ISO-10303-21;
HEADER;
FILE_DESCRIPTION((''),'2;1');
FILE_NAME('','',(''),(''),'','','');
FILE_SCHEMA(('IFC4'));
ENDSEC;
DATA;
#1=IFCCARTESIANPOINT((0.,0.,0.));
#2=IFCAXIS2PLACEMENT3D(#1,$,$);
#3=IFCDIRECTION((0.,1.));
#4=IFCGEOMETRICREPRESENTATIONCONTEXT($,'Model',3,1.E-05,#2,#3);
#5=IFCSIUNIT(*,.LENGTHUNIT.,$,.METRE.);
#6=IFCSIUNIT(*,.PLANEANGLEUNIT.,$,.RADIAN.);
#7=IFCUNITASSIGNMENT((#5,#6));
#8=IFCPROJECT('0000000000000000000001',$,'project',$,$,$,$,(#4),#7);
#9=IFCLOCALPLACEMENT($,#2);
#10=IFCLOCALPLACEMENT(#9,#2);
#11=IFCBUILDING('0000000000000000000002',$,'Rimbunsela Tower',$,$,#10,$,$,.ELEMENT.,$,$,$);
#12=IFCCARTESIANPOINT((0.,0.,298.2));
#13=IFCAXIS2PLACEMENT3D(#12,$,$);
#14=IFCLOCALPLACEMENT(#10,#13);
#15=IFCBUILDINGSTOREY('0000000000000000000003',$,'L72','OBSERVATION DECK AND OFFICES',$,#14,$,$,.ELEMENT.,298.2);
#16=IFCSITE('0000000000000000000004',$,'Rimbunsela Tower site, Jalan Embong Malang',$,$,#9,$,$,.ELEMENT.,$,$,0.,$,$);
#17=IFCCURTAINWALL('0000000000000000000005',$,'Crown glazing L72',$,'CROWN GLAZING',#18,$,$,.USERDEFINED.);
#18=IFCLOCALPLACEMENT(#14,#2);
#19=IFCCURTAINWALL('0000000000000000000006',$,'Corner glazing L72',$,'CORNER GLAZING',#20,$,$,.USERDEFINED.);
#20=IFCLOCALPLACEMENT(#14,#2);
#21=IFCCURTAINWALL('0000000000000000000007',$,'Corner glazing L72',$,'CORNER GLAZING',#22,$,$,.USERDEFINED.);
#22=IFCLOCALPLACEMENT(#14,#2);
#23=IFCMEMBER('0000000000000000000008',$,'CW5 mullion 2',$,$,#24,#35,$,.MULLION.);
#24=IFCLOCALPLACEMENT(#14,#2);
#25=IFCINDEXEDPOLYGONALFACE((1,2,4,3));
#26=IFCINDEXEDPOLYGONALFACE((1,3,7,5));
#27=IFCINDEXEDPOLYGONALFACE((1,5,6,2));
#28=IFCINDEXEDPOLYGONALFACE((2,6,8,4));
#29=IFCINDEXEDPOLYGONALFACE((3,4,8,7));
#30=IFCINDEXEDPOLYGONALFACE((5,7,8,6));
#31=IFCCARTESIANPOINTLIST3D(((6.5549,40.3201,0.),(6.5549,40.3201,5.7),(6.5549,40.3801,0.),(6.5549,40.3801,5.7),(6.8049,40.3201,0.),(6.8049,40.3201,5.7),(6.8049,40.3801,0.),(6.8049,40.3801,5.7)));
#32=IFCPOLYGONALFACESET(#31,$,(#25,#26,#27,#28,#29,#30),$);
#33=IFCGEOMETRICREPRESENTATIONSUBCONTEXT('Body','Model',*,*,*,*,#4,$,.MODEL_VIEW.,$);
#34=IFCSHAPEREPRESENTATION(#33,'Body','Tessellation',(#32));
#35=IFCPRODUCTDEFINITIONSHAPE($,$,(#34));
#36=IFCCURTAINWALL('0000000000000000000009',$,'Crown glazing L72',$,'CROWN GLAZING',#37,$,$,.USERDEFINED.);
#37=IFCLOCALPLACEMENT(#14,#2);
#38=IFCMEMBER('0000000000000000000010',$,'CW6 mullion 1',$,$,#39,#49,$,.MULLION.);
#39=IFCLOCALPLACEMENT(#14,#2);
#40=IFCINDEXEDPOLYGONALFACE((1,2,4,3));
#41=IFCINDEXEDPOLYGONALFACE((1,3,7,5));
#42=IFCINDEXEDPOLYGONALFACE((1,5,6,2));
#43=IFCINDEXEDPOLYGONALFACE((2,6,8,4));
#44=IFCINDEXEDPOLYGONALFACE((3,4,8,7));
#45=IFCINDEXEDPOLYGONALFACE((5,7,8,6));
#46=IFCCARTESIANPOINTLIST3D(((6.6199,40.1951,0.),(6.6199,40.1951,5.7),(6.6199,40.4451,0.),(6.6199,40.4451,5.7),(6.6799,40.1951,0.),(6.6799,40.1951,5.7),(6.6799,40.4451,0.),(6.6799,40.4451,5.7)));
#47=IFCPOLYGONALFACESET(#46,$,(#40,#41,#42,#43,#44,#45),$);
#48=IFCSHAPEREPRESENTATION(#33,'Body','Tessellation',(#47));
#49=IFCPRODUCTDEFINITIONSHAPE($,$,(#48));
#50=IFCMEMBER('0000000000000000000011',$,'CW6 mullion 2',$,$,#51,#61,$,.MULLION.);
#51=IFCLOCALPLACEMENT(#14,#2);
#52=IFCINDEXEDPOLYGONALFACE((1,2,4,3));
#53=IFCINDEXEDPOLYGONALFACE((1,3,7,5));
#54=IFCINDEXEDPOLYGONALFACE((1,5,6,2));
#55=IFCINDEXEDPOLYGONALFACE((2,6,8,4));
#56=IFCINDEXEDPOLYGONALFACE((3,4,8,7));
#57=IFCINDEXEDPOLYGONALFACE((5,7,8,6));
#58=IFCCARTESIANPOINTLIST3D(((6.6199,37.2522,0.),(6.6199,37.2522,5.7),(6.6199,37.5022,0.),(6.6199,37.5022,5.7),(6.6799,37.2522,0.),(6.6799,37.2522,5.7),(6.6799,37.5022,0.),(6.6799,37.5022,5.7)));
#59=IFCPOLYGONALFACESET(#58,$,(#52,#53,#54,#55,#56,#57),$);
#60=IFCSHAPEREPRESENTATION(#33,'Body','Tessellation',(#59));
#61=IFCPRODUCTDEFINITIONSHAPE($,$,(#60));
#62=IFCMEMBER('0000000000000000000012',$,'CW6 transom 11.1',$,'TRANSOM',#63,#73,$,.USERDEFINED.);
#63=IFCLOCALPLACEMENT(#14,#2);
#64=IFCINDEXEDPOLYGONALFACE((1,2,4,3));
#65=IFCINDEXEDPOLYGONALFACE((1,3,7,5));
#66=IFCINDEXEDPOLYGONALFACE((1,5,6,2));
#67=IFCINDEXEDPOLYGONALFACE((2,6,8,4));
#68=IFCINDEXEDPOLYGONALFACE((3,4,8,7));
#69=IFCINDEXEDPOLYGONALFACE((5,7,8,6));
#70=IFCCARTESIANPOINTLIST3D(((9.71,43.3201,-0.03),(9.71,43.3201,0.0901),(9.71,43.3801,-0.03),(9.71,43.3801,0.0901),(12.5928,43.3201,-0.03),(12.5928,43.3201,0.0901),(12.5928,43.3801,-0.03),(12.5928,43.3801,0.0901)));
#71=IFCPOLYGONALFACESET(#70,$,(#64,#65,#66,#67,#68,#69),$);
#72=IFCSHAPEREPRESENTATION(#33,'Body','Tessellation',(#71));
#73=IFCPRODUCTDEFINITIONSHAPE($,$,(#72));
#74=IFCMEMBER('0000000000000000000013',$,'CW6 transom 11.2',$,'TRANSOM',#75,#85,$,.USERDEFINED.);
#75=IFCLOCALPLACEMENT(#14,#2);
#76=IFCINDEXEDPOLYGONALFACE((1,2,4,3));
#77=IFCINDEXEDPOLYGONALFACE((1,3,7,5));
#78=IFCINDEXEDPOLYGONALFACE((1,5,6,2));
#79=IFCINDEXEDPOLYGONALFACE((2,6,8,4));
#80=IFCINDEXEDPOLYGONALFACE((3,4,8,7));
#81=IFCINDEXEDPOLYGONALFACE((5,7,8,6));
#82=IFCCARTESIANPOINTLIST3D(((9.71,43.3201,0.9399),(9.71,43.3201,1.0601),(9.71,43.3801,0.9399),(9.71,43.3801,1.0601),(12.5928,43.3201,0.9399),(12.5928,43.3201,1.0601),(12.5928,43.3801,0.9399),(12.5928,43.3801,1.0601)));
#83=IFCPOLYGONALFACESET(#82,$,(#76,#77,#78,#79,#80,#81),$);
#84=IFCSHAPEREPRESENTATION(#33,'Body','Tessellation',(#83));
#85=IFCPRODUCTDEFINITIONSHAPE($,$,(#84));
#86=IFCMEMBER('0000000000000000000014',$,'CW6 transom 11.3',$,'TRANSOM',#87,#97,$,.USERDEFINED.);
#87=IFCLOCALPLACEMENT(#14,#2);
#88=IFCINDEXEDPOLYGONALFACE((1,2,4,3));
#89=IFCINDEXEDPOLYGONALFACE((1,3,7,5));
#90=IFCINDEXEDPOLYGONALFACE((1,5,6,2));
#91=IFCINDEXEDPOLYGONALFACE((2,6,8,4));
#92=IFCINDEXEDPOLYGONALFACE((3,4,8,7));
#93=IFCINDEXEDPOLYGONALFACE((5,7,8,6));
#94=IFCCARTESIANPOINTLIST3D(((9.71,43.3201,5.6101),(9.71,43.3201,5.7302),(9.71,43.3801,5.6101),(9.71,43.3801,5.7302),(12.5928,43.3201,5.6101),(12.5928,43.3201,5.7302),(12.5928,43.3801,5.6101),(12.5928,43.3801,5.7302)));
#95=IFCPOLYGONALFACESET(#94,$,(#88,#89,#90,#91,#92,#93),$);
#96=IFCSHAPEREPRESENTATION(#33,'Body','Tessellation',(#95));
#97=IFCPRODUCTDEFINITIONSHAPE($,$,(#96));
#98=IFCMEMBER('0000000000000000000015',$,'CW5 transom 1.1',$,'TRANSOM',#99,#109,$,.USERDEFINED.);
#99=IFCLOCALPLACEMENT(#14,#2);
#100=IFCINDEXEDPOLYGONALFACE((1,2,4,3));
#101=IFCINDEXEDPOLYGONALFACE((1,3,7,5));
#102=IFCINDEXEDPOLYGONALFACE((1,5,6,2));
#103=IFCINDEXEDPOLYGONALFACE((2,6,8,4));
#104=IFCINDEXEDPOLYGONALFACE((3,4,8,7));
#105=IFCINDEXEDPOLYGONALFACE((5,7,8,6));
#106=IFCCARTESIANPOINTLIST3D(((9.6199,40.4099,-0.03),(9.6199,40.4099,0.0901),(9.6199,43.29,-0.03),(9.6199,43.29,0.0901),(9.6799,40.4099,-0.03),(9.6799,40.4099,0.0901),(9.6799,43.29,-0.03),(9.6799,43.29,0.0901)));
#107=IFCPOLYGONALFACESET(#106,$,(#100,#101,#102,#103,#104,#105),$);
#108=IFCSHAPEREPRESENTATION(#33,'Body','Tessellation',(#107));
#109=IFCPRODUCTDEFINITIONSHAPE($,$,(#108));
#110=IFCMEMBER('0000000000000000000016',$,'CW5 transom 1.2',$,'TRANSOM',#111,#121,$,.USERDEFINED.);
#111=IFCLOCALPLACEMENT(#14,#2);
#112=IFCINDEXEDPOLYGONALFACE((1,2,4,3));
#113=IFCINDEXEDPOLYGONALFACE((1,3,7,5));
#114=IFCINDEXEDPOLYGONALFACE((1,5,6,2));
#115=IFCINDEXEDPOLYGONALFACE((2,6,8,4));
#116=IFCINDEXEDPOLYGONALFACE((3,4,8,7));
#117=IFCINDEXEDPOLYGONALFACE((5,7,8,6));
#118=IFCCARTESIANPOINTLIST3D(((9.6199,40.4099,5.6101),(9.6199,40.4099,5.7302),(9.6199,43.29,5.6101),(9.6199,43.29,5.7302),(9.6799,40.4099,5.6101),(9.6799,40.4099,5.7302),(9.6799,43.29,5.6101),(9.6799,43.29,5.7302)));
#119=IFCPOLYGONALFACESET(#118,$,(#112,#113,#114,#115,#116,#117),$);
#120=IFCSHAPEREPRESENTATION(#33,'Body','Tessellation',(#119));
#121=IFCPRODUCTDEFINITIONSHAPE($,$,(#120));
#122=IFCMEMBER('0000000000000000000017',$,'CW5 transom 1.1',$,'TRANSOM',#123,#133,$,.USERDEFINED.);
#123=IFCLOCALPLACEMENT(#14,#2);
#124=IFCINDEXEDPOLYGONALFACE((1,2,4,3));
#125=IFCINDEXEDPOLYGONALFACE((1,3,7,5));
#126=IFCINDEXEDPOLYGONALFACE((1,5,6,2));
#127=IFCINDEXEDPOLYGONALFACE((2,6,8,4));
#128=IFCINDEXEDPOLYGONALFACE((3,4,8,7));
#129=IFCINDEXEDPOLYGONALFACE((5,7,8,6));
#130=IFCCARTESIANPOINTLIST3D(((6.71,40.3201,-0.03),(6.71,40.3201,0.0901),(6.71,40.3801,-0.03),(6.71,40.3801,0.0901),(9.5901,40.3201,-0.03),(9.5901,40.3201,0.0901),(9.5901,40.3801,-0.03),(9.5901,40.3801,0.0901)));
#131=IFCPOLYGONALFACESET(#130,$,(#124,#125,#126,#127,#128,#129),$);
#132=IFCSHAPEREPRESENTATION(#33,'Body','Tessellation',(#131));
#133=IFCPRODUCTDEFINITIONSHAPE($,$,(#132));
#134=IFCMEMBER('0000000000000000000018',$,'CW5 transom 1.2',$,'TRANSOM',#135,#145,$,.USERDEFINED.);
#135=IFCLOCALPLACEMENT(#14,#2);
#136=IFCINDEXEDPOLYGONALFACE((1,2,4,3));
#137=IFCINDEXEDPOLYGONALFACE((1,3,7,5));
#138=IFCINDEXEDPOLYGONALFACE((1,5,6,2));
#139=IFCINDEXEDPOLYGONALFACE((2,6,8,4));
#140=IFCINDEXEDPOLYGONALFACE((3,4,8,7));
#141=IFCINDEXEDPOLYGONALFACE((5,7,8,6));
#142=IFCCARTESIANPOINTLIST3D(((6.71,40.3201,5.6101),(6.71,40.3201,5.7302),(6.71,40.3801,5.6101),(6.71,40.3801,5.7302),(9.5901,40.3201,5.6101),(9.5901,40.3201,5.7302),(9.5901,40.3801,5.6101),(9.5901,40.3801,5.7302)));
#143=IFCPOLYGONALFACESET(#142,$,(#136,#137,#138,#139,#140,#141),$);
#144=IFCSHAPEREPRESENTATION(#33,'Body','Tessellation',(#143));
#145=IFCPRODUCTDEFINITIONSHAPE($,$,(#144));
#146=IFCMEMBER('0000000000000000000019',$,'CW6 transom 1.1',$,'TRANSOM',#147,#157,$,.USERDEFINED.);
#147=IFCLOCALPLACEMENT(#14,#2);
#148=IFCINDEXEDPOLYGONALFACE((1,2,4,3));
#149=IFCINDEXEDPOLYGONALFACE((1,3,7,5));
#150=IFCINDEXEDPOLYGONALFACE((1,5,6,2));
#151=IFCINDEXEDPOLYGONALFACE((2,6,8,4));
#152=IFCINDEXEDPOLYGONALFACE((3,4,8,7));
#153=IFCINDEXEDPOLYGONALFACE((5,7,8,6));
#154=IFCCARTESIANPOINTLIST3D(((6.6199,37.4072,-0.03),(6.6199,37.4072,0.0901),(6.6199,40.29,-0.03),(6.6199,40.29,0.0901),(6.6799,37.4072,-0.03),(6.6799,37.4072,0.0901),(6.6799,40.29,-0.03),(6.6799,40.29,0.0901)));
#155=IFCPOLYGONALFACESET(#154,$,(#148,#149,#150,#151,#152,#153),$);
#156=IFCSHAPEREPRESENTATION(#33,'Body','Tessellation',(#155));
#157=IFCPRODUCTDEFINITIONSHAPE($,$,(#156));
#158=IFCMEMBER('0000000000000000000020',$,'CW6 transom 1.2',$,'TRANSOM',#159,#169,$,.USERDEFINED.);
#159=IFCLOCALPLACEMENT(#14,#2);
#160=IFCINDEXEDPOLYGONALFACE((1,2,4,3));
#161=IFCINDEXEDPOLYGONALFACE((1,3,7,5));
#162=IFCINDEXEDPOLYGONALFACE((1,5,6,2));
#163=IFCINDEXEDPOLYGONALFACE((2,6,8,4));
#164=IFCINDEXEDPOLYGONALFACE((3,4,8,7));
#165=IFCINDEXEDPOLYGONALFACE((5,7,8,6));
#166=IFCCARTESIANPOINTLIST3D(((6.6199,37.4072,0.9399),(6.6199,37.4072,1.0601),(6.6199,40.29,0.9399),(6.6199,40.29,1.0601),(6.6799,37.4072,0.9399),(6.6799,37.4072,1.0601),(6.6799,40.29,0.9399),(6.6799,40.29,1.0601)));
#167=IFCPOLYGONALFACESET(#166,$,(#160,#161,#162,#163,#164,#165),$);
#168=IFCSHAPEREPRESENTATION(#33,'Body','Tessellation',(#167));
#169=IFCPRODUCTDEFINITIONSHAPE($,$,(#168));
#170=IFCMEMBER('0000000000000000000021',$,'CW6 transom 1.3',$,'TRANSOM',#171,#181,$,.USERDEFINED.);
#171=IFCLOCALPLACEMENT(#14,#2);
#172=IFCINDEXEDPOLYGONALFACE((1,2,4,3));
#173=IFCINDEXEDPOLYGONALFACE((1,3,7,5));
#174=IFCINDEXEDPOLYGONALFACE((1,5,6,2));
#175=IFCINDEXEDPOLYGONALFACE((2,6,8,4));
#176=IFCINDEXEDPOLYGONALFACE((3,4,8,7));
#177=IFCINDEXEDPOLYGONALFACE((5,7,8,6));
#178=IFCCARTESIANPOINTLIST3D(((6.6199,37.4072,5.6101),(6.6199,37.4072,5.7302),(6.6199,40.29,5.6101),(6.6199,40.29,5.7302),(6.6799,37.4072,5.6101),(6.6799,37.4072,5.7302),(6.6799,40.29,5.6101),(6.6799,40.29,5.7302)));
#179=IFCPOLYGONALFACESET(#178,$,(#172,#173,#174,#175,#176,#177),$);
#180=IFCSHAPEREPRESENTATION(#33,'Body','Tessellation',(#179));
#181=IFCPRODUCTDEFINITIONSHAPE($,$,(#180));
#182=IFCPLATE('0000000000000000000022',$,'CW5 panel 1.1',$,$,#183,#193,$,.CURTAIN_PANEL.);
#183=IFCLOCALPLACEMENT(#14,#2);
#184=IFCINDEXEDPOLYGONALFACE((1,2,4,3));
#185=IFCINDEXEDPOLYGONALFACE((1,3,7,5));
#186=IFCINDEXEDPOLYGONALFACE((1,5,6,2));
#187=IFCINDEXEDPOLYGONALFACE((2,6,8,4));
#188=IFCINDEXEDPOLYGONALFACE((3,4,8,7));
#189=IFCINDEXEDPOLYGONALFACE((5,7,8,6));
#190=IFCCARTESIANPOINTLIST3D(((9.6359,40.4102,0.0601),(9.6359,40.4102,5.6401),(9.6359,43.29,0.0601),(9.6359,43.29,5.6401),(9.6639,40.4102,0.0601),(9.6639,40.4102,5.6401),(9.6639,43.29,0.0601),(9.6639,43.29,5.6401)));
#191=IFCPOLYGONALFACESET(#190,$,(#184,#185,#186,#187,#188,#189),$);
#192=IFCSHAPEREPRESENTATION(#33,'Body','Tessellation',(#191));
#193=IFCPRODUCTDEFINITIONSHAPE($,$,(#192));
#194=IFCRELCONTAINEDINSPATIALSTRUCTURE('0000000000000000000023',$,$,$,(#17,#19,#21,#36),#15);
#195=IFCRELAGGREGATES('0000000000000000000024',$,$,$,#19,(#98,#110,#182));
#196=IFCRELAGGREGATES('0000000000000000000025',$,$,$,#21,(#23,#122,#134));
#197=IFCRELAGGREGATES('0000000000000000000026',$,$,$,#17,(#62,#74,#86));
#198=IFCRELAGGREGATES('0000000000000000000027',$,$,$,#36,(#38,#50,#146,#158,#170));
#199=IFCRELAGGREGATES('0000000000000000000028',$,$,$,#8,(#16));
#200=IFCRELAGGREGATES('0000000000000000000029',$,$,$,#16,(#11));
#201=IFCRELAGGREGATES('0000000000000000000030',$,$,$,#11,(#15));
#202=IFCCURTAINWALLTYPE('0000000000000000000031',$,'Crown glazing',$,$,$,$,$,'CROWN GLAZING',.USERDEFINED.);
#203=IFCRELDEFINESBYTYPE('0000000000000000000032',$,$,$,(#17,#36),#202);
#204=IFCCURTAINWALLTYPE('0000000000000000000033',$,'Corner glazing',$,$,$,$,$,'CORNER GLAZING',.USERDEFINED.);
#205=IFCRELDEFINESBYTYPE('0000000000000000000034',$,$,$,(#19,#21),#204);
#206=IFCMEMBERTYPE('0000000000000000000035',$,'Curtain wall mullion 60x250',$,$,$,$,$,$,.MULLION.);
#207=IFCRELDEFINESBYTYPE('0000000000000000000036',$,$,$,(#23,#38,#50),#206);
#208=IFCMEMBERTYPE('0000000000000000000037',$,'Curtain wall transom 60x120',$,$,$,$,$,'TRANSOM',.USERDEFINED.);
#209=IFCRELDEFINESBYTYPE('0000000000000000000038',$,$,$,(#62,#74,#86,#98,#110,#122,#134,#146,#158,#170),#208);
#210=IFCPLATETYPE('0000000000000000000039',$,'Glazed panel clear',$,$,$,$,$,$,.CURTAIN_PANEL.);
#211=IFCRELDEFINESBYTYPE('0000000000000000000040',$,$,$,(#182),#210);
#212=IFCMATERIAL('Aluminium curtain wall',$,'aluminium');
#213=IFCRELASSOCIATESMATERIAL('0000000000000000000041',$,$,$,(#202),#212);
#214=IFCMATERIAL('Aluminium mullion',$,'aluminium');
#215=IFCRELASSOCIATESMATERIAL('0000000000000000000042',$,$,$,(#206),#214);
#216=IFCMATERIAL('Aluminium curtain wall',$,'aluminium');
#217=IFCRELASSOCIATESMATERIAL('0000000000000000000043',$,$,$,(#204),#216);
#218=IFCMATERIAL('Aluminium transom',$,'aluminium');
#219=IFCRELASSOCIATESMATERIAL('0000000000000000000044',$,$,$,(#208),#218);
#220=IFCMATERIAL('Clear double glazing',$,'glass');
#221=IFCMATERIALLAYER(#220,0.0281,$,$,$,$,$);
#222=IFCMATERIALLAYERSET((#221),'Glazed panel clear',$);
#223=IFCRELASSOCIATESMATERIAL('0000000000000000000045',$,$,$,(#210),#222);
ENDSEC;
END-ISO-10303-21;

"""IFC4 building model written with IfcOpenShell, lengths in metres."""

from ifc_helpers import new_model, si_unit, direction, frame, origin, origin_2d, place, context, subcontext, project, spatial, rectangle, extrude, material, layer, layer_set, material_profile, profile_set, type_object, element, aggregate, save


model = new_model("IFC4")

# Units and contexts
model_context = context("Model", 3, precision=1e-05, world=origin(), true_north=direction((0.0, 1.0)))
body_context = subcontext(model_context, "Body", "Model", "MODEL_VIEW")
ifc_project = project(units=[si_unit("LENGTHUNIT", "METRE"), si_unit("PLANEANGLEUNIT", "RADIAN")], contexts=[model_context])

# Site, building, storey
site_placement = place(None, origin())
site = spatial("IfcSite", under=ifc_project, at=site_placement, Name="Rimbunsela Tower site, Jalan Embong Malang", CompositionType="ELEMENT", RefElevation=0.0)
building_placement = place(site_placement, origin())
building = spatial("IfcBuilding", under=site, at=building_placement, Name="Rimbunsela Tower", CompositionType="ELEMENT")
storey_placement = place(building_placement, frame((0.0, 0.0, 298.2)))
storey = spatial("IfcBuildingStorey", under=building, at=storey_placement, Name="L72", Description="OBSERVATION DECK AND OFFICES", CompositionType="ELEMENT", Elevation=298.2)

# Curtain walls, members
ifc_material_1 = material(Name="Aluminium curtain wall", Category="aluminium")
curtain_wall_type_1 = type_object("IfcCurtainWallType", Name="Crown glazing", ElementType="CROWN GLAZING", PredefinedType="USERDEFINED", material=ifc_material_1)
curtain_wall_1_placement = place(storey_placement, origin())
curtain_wall_1 = element("IfcCurtainWall", 1, at=curtain_wall_1_placement, inside=storey, type_object=curtain_wall_type_1, Name="Crown glazing L72", ObjectType="CROWN GLAZING", PredefinedType="USERDEFINED")
ifc_material_2 = material(Name="Aluminium mullion", Category="aluminium")
ifc_material_profile_1 = material_profile(ifc_material_2, rectangle(XDim=0.0601, YDim=0.25, at=origin_2d()), Name="Mullion 60x250")
ifc_profile_set_1 = profile_set([ifc_material_profile_1], Name="Aluminium mullion")
member_type_1 = type_object("IfcMemberType", Name="Curtain wall mullion 60x250", PredefinedType="MULLION", material=ifc_profile_set_1)
ifc_material_3 = material(Name="Aluminium curtain wall", Category="aluminium")
curtain_wall_type_2 = type_object("IfcCurtainWallType", Name="Corner glazing", ElementType="CORNER GLAZING", PredefinedType="USERDEFINED", material=ifc_material_3)
curtain_wall_2_placement = place(storey_placement, origin())
curtain_wall_2 = element("IfcCurtainWall", 2, at=curtain_wall_2_placement, inside=storey, type_object=curtain_wall_type_2, Name="Corner glazing L72", ObjectType="CORNER GLAZING", PredefinedType="USERDEFINED")
curtain_wall_3_placement = place(storey_placement, origin())
curtain_wall_3 = element("IfcCurtainWall", 3, at=curtain_wall_3_placement, inside=storey, type_object=curtain_wall_type_2, Name="Corner glazing L72", ObjectType="CORNER GLAZING", PredefinedType="USERDEFINED")
member_1_placement = place(storey_placement, frame((6.6799, 40.3501, 0.0), z_axis=(0.0, 0.0, 1.0), x_axis=(0.0, -1.0, 0.0)))
member_1 = element("IfcMember", 4, at=member_1_placement, type_object=member_type_1, Name="CW5 mullion 2", PredefinedType="MULLION", context=body_context, shape_type="SweptSolid", body=[
    extrude(rectangle(XDim=0.0601, YDim=0.25, at=origin_2d()), origin(), (0.0, 0.0, 1.0), 5.7),
])
curtain_wall_4_placement = place(storey_placement, origin())
curtain_wall_4 = element("IfcCurtainWall", 5, at=curtain_wall_4_placement, inside=storey, type_object=curtain_wall_type_1, Name="Crown glazing L72", ObjectType="CROWN GLAZING", PredefinedType="USERDEFINED")
member_2_placement = place(storey_placement, frame((6.6499, 40.3201, 0.0), z_axis=(0.0, 0.0, 1.0), x_axis=(1.0, 0.0, 0.0)))
member_2 = element("IfcMember", 6, at=member_2_placement, type_object=member_type_1, Name="CW6 mullion 1", PredefinedType="MULLION", context=body_context, shape_type="SweptSolid", body=[
    extrude(rectangle(XDim=0.0601, YDim=0.25, at=origin_2d()), origin(), (0.0, 0.0, 1.0), 5.7),
])
member_3_placement = place(storey_placement, frame((6.6499, 37.3772, 0.0), z_axis=(0.0, 0.0, 1.0), x_axis=(1.0, 0.0, 0.0)))
member_3 = element("IfcMember", 7, at=member_3_placement, type_object=member_type_1, Name="CW6 mullion 2", PredefinedType="MULLION", context=body_context, shape_type="SweptSolid", body=[
    extrude(rectangle(XDim=0.0601, YDim=0.25, at=origin_2d()), origin(), (0.0, 0.0, 1.0), 5.7),
])

# Members
ifc_material_4 = material(Name="Aluminium transom", Category="aluminium")
ifc_material_profile_2 = material_profile(ifc_material_4, rectangle(XDim=0.0601, YDim=0.1201, at=origin_2d()), Name="Transom 60x120")
ifc_profile_set_2 = profile_set([ifc_material_profile_2], Name="Aluminium transom")
member_type_2 = type_object("IfcMemberType", Name="Curtain wall transom 60x120", ElementType="TRANSOM", PredefinedType="USERDEFINED", material=ifc_profile_set_2)
member_4_placement = place(storey_placement, frame((12.5928, 43.3501, 0.03), z_axis=(-1.0, 0.0, 0.0), x_axis=(0.0, -1.0, 0.0)))
member_4 = element("IfcMember", 8, at=member_4_placement, type_object=member_type_2, Name="CW6 transom 11.1", ObjectType="TRANSOM", PredefinedType="USERDEFINED", context=body_context, shape_type="SweptSolid", body=[
    extrude(rectangle(XDim=0.0601, YDim=0.1201, at=origin_2d()), origin(), (0.0, 0.0, 1.0), 2.8828),
])
member_5_placement = place(storey_placement, frame((12.5928, 43.3501, 1.0), z_axis=(-1.0, 0.0, 0.0), x_axis=(0.0, -1.0, 0.0)))
member_5 = element("IfcMember", 9, at=member_5_placement, type_object=member_type_2, Name="CW6 transom 11.2", ObjectType="TRANSOM", PredefinedType="USERDEFINED", context=body_context, shape_type="SweptSolid", body=[
    extrude(rectangle(XDim=0.0601, YDim=0.1201, at=origin_2d()), origin(), (0.0, 0.0, 1.0), 2.8828),
])
member_6_placement = place(storey_placement, frame((12.5928, 43.3501, 5.6702), z_axis=(-1.0, 0.0, 0.0), x_axis=(0.0, -1.0, 0.0)))
member_6 = element("IfcMember", 10, at=member_6_placement, type_object=member_type_2, Name="CW6 transom 11.3", ObjectType="TRANSOM", PredefinedType="USERDEFINED", context=body_context, shape_type="SweptSolid", body=[
    extrude(rectangle(XDim=0.0601, YDim=0.1201, at=origin_2d()), origin(), (0.0, 0.0, 1.0), 2.8828),
])
member_7_placement = place(storey_placement, frame((9.6499, 43.29, 0.03), z_axis=(0.0, -1.0, 0.0), x_axis=(1.0, 0.0, 0.0)))
member_7 = element("IfcMember", 11, at=member_7_placement, type_object=member_type_2, Name="CW5 transom 1.1", ObjectType="TRANSOM", PredefinedType="USERDEFINED", context=body_context, shape_type="SweptSolid", body=[
    extrude(rectangle(XDim=0.0601, YDim=0.1201, at=origin_2d()), origin(), (0.0, 0.0, 1.0), 2.8801),
])
member_8_placement = place(storey_placement, frame((9.6499, 43.29, 5.6702), z_axis=(0.0, -1.0, 0.0), x_axis=(1.0, 0.0, 0.0)))
member_8 = element("IfcMember", 12, at=member_8_placement, type_object=member_type_2, Name="CW5 transom 1.2", ObjectType="TRANSOM", PredefinedType="USERDEFINED", context=body_context, shape_type="SweptSolid", body=[
    extrude(rectangle(XDim=0.0601, YDim=0.1201, at=origin_2d()), origin(), (0.0, 0.0, 1.0), 2.8801),
])
member_9_placement = place(storey_placement, frame((9.5901, 40.3501, 0.03), z_axis=(-1.0, 0.0, 0.0), x_axis=(0.0, -1.0, 0.0)))
member_9 = element("IfcMember", 13, at=member_9_placement, type_object=member_type_2, Name="CW5 transom 1.1", ObjectType="TRANSOM", PredefinedType="USERDEFINED", context=body_context, shape_type="SweptSolid", body=[
    extrude(rectangle(XDim=0.0601, YDim=0.1201, at=origin_2d()), origin(), (0.0, 0.0, 1.0), 2.8801),
])
member_10_placement = place(storey_placement, frame((9.5901, 40.3501, 5.6702), z_axis=(-1.0, 0.0, 0.0), x_axis=(0.0, -1.0, 0.0)))
member_10 = element("IfcMember", 14, at=member_10_placement, type_object=member_type_2, Name="CW5 transom 1.2", ObjectType="TRANSOM", PredefinedType="USERDEFINED", context=body_context, shape_type="SweptSolid", body=[
    extrude(rectangle(XDim=0.0601, YDim=0.1201, at=origin_2d()), origin(), (0.0, 0.0, 1.0), 2.8801),
])
member_11_placement = place(storey_placement, frame((6.6499, 40.29, 0.03), z_axis=(0.0, -1.0, 0.0), x_axis=(1.0, 0.0, 0.0)))
member_11 = element("IfcMember", 15, at=member_11_placement, type_object=member_type_2, Name="CW6 transom 1.1", ObjectType="TRANSOM", PredefinedType="USERDEFINED", context=body_context, shape_type="SweptSolid", body=[
    extrude(rectangle(XDim=0.0601, YDim=0.1201, at=origin_2d()), origin(), (0.0, 0.0, 1.0), 2.8828),
])
member_12_placement = place(storey_placement, frame((6.6499, 40.29, 1.0), z_axis=(0.0, -1.0, 0.0), x_axis=(1.0, 0.0, 0.0)))
member_12 = element("IfcMember", 16, at=member_12_placement, type_object=member_type_2, Name="CW6 transom 1.2", ObjectType="TRANSOM", PredefinedType="USERDEFINED", context=body_context, shape_type="SweptSolid", body=[
    extrude(rectangle(XDim=0.0601, YDim=0.1201, at=origin_2d()), origin(), (0.0, 0.0, 1.0), 2.8828),
])
member_13_placement = place(storey_placement, frame((6.6499, 40.29, 5.6702), z_axis=(0.0, -1.0, 0.0), x_axis=(1.0, 0.0, 0.0)))
member_13 = element("IfcMember", 17, at=member_13_placement, type_object=member_type_2, Name="CW6 transom 1.3", ObjectType="TRANSOM", PredefinedType="USERDEFINED", context=body_context, shape_type="SweptSolid", body=[
    extrude(rectangle(XDim=0.0601, YDim=0.1201, at=origin_2d()), origin(), (0.0, 0.0, 1.0), 2.8828),
])

# Plate
ifc_material_5 = material(Name="Clear double glazing", Category="glass")
ifc_layer_1 = layer(ifc_material_5, 0.0281)
ifc_layer_set_1 = layer_set([ifc_layer_1], Name="Glazed panel clear")
plate_type_1 = type_object("IfcPlateType", Name="Glazed panel clear", PredefinedType="CURTAIN_PANEL", material=ifc_layer_set_1)
plate_1_placement = place(storey_placement, frame((9.6499, 41.8501, 0.0601), z_axis=(0.0, 0.0, 1.0), x_axis=(0.0, -1.0, 0.0)))
plate_1 = element("IfcPlate", 18, at=plate_1_placement, type_object=plate_type_1, Name="CW5 panel 1.1", PredefinedType="CURTAIN_PANEL", context=body_context, shape_type="SweptSolid", body=[
    extrude(rectangle(XDim=2.8799, YDim=0.0281, at=origin_2d()), origin(), (0.0, 0.0, 1.0), 5.5801),
])
aggregate(curtain_wall_2, [member_7, member_8, plate_1])
aggregate(curtain_wall_3, [member_1, member_9, member_10])
aggregate(curtain_wall_1, [member_4, member_5, member_6])
aggregate(curtain_wall_4, [member_2, member_3, member_11, member_12, member_13])

save(model, "model.ifc")
